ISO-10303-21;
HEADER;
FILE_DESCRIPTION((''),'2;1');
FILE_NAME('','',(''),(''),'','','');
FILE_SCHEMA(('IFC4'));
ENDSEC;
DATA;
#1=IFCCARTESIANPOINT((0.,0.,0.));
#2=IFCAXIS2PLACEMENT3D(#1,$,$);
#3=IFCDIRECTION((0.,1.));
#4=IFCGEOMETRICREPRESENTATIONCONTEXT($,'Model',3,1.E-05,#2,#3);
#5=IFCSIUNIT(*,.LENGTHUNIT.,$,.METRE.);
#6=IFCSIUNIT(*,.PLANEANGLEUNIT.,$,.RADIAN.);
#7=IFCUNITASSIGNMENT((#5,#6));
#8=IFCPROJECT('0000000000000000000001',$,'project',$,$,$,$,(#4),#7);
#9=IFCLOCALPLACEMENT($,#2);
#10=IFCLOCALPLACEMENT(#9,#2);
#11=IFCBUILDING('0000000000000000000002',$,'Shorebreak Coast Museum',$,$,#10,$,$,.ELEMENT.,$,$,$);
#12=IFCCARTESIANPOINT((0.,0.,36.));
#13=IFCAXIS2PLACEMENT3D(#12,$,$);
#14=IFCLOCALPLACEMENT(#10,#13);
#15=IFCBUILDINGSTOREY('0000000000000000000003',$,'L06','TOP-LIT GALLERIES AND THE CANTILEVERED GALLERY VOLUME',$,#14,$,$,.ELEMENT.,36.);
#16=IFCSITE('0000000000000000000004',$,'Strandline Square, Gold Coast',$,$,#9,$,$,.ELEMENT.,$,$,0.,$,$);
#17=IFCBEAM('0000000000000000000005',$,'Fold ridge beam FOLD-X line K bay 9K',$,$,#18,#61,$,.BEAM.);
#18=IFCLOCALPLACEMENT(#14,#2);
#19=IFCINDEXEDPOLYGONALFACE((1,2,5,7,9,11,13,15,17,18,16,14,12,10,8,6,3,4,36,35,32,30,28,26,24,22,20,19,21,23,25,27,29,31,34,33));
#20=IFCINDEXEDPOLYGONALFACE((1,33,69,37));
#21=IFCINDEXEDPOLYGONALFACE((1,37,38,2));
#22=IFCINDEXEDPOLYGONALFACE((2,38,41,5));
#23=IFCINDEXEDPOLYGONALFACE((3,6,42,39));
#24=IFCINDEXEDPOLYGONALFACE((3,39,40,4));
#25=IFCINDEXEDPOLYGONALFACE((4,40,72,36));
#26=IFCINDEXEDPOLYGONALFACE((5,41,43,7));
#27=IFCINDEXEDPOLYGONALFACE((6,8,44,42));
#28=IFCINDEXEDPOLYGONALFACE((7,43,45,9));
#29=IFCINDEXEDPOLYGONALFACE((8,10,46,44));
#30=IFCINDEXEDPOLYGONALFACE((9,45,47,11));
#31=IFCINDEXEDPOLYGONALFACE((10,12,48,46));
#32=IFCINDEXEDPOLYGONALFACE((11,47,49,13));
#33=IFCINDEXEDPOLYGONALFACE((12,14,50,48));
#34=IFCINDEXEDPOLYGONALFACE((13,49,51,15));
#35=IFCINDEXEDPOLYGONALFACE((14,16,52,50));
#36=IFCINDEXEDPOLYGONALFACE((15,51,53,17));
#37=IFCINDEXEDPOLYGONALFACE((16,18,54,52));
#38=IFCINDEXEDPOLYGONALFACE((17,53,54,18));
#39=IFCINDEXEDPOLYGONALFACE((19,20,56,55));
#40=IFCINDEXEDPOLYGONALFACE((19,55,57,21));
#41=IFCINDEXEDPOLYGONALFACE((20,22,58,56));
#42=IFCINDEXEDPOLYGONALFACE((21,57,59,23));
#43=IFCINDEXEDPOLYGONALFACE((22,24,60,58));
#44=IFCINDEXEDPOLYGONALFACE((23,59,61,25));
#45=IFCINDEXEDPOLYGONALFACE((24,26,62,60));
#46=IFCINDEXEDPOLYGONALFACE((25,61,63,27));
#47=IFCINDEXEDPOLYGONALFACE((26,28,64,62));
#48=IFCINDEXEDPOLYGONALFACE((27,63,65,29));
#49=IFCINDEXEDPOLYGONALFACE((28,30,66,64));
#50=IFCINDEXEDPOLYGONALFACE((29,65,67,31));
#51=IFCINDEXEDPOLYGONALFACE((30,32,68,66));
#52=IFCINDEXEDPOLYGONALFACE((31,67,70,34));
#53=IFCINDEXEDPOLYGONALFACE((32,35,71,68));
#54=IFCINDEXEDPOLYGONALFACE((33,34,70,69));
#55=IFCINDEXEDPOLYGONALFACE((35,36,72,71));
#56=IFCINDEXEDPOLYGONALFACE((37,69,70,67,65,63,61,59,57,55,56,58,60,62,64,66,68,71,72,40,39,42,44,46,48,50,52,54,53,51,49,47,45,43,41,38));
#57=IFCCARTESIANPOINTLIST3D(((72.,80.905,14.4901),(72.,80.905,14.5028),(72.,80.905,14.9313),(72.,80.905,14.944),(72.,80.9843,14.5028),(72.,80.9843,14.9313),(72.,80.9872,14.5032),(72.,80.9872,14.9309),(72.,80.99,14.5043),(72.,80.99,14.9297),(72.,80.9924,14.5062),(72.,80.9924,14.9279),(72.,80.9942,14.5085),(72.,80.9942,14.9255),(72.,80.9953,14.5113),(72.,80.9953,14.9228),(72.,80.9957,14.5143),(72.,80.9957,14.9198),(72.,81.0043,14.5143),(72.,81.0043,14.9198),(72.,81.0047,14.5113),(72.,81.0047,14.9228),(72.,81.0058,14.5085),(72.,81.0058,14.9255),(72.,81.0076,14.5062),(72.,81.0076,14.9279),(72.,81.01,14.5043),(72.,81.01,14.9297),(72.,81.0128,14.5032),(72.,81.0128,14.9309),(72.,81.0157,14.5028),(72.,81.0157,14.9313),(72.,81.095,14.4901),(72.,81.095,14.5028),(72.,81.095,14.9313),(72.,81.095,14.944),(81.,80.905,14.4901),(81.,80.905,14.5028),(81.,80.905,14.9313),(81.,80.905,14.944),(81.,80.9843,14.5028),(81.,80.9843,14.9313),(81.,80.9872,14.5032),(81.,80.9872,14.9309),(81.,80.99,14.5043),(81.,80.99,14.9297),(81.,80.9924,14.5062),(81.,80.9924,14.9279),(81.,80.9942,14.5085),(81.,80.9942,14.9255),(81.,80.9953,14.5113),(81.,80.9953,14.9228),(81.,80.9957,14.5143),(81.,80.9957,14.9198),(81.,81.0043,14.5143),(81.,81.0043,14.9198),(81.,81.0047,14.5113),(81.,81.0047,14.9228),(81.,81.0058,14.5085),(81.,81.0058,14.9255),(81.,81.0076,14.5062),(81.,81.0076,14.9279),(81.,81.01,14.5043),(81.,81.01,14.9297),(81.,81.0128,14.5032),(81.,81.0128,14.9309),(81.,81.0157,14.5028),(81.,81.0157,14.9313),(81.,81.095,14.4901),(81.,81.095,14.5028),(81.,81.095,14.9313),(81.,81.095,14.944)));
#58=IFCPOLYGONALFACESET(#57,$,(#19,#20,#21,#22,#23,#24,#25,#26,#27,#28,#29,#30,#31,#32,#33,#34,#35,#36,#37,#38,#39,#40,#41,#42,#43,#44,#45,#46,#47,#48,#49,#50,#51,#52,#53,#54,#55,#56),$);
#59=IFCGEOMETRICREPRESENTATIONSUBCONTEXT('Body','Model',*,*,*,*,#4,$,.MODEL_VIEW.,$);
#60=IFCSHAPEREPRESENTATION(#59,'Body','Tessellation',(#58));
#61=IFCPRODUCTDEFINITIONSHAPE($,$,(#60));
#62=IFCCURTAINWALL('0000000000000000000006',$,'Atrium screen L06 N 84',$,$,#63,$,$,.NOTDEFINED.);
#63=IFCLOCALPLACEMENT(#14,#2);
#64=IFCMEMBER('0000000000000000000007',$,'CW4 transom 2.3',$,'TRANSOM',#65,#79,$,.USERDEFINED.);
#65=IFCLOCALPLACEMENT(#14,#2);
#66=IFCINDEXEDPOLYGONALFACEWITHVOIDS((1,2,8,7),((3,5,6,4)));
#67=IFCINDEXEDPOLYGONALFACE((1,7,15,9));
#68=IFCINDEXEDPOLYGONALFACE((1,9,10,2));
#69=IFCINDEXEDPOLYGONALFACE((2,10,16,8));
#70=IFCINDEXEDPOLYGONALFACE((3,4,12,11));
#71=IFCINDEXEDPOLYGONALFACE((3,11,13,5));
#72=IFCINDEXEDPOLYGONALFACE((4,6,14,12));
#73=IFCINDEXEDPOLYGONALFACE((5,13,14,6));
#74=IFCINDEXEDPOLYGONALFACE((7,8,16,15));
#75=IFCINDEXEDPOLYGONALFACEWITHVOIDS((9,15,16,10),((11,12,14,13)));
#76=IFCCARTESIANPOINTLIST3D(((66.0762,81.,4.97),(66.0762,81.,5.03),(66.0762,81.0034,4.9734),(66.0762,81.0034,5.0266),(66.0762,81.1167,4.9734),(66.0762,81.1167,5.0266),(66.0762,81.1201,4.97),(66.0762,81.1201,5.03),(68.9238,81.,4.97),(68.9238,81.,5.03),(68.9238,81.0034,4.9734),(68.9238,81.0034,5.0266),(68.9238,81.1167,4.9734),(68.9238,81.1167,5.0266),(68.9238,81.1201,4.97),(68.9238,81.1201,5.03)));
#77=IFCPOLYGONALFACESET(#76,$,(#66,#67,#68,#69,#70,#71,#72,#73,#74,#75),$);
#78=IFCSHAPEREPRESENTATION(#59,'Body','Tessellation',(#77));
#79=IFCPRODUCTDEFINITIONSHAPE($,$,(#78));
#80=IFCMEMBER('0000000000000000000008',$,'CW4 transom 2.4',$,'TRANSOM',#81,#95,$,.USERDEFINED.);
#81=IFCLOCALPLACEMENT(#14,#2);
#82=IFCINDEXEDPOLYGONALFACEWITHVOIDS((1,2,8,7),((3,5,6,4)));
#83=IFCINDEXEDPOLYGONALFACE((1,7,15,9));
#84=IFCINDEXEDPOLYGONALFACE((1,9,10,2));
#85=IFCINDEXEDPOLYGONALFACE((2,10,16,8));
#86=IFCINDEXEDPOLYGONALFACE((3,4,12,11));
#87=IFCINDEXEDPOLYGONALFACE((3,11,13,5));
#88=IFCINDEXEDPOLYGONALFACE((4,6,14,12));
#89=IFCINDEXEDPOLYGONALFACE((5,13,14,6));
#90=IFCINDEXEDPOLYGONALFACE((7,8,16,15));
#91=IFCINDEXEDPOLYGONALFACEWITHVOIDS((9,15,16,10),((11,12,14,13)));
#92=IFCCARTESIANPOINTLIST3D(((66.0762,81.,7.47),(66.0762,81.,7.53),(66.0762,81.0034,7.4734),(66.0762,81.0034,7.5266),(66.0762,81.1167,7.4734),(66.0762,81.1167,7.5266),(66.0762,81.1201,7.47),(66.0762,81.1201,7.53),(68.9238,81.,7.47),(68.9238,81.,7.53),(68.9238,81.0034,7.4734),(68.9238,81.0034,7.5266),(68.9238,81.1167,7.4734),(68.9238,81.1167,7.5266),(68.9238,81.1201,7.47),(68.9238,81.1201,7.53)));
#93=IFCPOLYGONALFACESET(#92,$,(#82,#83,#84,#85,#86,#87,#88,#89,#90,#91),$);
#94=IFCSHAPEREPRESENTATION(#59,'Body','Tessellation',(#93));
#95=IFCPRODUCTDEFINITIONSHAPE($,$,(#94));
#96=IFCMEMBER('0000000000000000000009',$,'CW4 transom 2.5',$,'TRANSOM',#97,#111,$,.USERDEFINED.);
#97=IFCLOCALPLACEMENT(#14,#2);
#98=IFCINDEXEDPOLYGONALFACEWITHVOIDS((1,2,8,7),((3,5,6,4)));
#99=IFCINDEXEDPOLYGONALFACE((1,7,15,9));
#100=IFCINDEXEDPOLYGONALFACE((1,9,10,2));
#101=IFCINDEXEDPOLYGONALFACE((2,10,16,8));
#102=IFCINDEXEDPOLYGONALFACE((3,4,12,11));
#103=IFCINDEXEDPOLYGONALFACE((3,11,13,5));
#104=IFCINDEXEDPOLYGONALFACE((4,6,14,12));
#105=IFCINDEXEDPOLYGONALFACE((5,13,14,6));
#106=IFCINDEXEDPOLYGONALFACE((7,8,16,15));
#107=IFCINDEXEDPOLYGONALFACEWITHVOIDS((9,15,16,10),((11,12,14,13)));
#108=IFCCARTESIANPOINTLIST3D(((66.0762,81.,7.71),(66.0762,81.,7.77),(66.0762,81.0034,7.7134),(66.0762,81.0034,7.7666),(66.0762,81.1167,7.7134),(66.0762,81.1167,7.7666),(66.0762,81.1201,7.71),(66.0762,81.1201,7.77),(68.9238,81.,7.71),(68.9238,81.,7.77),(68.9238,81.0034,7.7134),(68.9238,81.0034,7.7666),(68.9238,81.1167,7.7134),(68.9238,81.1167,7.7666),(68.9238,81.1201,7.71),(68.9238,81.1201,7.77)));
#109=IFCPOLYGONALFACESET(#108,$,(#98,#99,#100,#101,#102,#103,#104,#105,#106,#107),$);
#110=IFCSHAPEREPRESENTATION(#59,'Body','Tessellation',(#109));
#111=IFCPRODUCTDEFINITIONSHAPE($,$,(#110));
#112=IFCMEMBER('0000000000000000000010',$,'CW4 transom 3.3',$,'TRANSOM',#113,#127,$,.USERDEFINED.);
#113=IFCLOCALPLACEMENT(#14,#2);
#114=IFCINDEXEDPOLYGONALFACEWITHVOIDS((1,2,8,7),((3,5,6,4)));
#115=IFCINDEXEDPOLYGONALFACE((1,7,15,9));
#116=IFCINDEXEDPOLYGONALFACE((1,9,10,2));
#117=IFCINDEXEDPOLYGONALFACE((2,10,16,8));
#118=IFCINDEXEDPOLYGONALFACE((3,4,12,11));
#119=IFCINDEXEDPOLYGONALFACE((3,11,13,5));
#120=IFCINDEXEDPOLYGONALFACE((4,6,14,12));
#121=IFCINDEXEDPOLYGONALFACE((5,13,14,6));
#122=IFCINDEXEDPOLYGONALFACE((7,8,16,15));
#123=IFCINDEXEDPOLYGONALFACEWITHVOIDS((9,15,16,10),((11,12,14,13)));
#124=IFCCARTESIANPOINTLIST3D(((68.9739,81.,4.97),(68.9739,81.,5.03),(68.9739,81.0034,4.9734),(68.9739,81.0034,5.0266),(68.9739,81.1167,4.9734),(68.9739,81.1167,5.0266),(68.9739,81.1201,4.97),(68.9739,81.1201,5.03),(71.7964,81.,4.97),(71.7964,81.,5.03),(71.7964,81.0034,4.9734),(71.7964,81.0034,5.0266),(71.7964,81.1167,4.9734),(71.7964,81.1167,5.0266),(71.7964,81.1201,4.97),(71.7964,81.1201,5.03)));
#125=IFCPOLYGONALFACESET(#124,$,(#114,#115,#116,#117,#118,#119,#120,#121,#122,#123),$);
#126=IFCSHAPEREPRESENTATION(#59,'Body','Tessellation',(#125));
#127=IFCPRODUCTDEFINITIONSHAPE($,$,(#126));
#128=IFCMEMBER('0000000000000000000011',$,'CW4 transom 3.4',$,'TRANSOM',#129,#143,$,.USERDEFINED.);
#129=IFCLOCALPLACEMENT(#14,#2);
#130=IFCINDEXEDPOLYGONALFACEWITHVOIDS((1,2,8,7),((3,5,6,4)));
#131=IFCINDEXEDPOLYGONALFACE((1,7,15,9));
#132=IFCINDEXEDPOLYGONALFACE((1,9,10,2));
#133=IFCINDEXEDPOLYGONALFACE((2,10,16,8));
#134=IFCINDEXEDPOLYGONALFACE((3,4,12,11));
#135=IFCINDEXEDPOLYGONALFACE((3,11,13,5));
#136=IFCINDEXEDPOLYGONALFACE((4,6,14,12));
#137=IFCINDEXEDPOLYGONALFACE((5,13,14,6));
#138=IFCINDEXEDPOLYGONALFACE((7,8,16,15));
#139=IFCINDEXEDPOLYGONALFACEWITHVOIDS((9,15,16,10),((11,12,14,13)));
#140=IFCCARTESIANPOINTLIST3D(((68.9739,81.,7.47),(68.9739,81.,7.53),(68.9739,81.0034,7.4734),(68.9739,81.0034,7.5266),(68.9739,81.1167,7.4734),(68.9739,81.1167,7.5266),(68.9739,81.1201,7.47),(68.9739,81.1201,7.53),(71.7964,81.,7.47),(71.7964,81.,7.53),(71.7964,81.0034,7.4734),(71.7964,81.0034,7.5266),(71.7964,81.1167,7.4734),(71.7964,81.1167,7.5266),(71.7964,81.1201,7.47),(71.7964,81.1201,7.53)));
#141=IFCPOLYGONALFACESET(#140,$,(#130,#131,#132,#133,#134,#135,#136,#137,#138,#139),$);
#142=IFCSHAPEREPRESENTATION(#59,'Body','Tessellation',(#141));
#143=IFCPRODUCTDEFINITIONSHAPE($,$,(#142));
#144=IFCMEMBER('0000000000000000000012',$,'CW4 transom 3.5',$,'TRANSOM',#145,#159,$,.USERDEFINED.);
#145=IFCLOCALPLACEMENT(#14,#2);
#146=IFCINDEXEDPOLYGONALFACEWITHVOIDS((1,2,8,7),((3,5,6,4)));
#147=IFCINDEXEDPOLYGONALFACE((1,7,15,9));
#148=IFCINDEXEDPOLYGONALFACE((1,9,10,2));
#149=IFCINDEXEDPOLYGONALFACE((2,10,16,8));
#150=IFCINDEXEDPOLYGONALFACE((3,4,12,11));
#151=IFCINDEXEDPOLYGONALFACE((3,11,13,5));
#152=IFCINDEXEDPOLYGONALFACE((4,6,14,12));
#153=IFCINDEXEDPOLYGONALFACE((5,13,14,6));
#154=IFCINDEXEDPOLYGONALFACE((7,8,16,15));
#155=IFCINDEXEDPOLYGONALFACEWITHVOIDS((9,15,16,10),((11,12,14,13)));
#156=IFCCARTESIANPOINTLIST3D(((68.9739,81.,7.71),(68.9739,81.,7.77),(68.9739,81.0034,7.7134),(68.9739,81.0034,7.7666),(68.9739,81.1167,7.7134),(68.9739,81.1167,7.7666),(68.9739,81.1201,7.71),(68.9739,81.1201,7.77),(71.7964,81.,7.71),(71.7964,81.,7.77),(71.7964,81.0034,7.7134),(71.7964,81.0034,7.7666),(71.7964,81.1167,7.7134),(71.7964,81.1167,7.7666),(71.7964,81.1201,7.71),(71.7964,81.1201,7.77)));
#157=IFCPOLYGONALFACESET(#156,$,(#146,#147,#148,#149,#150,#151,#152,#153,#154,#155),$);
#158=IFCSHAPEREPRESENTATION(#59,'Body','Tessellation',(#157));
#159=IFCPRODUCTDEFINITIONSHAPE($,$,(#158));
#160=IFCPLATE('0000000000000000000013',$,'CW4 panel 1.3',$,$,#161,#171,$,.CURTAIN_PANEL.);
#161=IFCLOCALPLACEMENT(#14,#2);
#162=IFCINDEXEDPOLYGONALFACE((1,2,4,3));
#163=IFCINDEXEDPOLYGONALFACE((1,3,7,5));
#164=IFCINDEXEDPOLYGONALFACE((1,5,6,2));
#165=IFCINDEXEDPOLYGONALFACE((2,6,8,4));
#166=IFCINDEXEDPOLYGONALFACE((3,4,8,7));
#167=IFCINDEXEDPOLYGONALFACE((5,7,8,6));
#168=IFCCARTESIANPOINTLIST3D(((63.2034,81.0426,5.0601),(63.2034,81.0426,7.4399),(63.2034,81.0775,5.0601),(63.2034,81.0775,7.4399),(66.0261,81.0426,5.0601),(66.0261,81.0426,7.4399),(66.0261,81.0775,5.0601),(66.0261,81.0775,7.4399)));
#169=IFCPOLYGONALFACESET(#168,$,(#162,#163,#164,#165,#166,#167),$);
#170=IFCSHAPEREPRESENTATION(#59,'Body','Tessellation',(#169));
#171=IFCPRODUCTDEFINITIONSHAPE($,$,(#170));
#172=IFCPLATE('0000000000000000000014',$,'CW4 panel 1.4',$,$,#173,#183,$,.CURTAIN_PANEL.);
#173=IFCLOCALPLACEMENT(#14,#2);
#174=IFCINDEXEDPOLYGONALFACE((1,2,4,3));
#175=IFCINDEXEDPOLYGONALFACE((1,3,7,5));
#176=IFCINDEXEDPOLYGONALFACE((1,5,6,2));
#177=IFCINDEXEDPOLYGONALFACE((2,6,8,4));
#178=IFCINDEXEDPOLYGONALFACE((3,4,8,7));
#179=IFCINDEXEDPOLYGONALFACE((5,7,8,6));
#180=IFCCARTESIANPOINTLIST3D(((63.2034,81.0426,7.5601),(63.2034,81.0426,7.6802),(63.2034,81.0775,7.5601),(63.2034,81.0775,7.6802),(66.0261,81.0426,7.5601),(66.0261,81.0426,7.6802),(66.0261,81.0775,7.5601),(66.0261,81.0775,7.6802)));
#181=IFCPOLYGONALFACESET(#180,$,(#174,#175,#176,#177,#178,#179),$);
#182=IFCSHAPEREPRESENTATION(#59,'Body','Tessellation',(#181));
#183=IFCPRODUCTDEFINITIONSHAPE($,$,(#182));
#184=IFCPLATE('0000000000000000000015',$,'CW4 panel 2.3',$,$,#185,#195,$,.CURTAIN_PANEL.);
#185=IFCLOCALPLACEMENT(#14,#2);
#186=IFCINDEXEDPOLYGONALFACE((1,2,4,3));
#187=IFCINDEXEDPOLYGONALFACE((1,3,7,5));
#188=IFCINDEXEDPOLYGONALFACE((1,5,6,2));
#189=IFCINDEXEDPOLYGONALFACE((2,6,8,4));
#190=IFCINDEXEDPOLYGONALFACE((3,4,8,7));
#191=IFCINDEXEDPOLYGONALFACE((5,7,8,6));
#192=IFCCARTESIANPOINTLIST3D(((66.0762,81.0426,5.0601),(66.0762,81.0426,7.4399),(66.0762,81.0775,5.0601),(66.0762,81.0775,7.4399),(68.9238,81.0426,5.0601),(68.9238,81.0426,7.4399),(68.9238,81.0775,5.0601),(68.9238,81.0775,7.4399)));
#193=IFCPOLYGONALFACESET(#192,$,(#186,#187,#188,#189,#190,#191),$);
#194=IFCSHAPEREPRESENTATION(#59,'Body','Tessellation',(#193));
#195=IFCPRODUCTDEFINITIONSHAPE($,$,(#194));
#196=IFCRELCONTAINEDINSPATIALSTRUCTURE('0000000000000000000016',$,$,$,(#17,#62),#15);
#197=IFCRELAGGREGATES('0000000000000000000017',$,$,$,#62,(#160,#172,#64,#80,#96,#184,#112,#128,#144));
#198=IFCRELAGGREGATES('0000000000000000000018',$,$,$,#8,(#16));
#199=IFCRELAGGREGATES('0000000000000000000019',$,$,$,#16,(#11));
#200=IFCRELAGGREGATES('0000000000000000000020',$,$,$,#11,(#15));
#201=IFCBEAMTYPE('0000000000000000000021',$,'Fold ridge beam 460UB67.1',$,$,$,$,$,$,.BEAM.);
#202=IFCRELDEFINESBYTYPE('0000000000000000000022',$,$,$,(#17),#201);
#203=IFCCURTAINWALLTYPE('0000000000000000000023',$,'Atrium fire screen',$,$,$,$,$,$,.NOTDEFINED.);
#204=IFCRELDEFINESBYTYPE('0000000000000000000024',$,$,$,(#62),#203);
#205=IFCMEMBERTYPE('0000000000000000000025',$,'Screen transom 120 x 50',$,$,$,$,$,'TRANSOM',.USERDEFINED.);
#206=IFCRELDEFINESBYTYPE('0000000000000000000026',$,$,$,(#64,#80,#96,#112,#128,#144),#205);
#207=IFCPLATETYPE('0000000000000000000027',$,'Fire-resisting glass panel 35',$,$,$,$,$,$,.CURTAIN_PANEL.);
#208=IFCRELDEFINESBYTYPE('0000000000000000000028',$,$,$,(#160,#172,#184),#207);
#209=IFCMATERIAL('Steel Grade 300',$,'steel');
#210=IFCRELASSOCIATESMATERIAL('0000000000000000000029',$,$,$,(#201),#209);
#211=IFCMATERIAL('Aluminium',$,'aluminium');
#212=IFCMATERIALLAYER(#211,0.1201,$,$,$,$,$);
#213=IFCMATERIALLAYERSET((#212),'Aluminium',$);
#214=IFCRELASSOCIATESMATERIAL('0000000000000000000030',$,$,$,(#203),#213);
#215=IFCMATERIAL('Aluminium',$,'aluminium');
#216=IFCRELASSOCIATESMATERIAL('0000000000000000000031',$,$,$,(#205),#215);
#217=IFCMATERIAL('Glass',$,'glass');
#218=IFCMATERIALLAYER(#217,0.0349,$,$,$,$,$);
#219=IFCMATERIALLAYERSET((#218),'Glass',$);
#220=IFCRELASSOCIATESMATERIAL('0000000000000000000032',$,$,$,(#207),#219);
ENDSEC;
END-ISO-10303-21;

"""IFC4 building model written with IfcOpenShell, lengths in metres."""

from ifc_helpers import new_model, si_unit, direction, frame, origin, origin_2d, place, context, subcontext, project, spatial, rectangle, hollow_rectangle, i_section, extrude, material, layer, layer_set, material_profile, profile_set, type_object, element, aggregate, save


model = new_model("IFC4")

# Units and contexts
model_context = context("Model", 3, precision=1e-05, world=origin(), true_north=direction((0.0, 1.0)))
body_context = subcontext(model_context, "Body", "Model", "MODEL_VIEW")
ifc_project = project(units=[si_unit("LENGTHUNIT", "METRE"), si_unit("PLANEANGLEUNIT", "RADIAN")], contexts=[model_context])

# Site, building, storey
site_placement = place(None, origin())
site = spatial("IfcSite", under=ifc_project, at=site_placement, Name="Strandline Square, Gold Coast", CompositionType="ELEMENT", RefElevation=0.0)
building_placement = place(site_placement, origin())
building = spatial("IfcBuilding", under=site, at=building_placement, Name="Shorebreak Coast Museum", CompositionType="ELEMENT")
storey_placement = place(building_placement, frame((0.0, 0.0, 36.0)))
storey = spatial("IfcBuildingStorey", under=building, at=storey_placement, Name="L06", Description="TOP-LIT GALLERIES AND THE CANTILEVERED GALLERY VOLUME", CompositionType="ELEMENT", Elevation=36.0)

# Beam
ifc_material_1 = material(Name="Steel Grade 300", Category="steel")
ifc_material_profile_1 = material_profile(ifc_material_1, i_section(OverallWidth=0.1899, OverallDepth=0.4539, WebThickness=0.0085, FlangeThickness=0.0127, FilletRadius=0.0115, at=origin_2d()), Name="460UB67.1")
ifc_profile_set_1 = profile_set([ifc_material_profile_1], Name="Steel Grade 300")
beam_type_1 = type_object("IfcBeamType", Name="Fold ridge beam 460UB67.1", PredefinedType="BEAM", material=ifc_profile_set_1)
beam_1_placement = place(storey_placement, frame((72.0, 81.0, 14.717), z_axis=(1.0, 0.0, 0.0), x_axis=(0.0, 1.0, 0.0)))
element("IfcBeam", 1, at=beam_1_placement, inside=storey, type_object=beam_type_1, Name="Fold ridge beam FOLD-X line K bay 9K", PredefinedType="BEAM", context=body_context, shape_type="SweptSolid", body=[
    extrude(i_section(OverallWidth=0.1899, OverallDepth=0.4539, WebThickness=0.0085, FlangeThickness=0.0127, FilletRadius=0.0115, at=origin_2d()), origin(), (0.0, 0.0, 1.0), 9.0),
])

# Curtain wall, members, plates
ifc_material_2 = material(Name="Aluminium", Category="aluminium")
ifc_layer_1 = layer(ifc_material_2, 0.1201)
ifc_layer_set_1 = layer_set([ifc_layer_1], Name="Aluminium")
curtain_wall_type = type_object("IfcCurtainWallType", Name="Atrium fire screen", PredefinedType="NOTDEFINED", material=ifc_layer_set_1)
curtain_wall_placement = place(storey_placement, origin())
curtain_wall = element("IfcCurtainWall", 2, at=curtain_wall_placement, inside=storey, type_object=curtain_wall_type, Name="Atrium screen L06 N 84", PredefinedType="NOTDEFINED")
ifc_material_3 = material(Name="Aluminium", Category="aluminium")
ifc_material_profile_2 = material_profile(ifc_material_3, hollow_rectangle(XDim=0.1201, YDim=0.0601, WallThickness=0.0034, at=origin_2d()), Name="AL 60x120 RHS")
ifc_profile_set_2 = profile_set([ifc_material_profile_2], Name="Aluminium")
member_type_1 = type_object("IfcMemberType", Name="Screen transom 120 x 50", ElementType="TRANSOM", PredefinedType="USERDEFINED", material=ifc_profile_set_2)
member_1_placement = place(storey_placement, frame((66.0762, 81.0601, 5.0), z_axis=(1.0, 0.0, 0.0), x_axis=(0.0, 1.0, 0.0)))
member_1 = element("IfcMember", 3, at=member_1_placement, type_object=member_type_1, Name="CW4 transom 2.3", ObjectType="TRANSOM", PredefinedType="USERDEFINED", context=body_context, shape_type="SweptSolid", body=[
    extrude(hollow_rectangle(XDim=0.1201, YDim=0.0601, WallThickness=0.0034, at=origin_2d()), origin(), (0.0, 0.0, 1.0), 2.8477),
])
member_2_placement = place(storey_placement, frame((66.0762, 81.0601, 7.5), z_axis=(1.0, 0.0, 0.0), x_axis=(0.0, 1.0, 0.0)))
member_2 = element("IfcMember", 4, at=member_2_placement, type_object=member_type_1, Name="CW4 transom 2.4", ObjectType="TRANSOM", PredefinedType="USERDEFINED", context=body_context, shape_type="SweptSolid", body=[
    extrude(hollow_rectangle(XDim=0.1201, YDim=0.0601, WallThickness=0.0034, at=origin_2d()), origin(), (0.0, 0.0, 1.0), 2.8477),
])
member_3_placement = place(storey_placement, frame((66.0762, 81.0601, 7.74), z_axis=(1.0, 0.0, 0.0), x_axis=(0.0, 1.0, 0.0)))
member_3 = element("IfcMember", 5, at=member_3_placement, type_object=member_type_1, Name="CW4 transom 2.5", ObjectType="TRANSOM", PredefinedType="USERDEFINED", context=body_context, shape_type="SweptSolid", body=[
    extrude(hollow_rectangle(XDim=0.1201, YDim=0.0601, WallThickness=0.0034, at=origin_2d()), origin(), (0.0, 0.0, 1.0), 2.8477),
])
member_4_placement = place(storey_placement, frame((68.9739, 81.0601, 5.0), z_axis=(1.0, 0.0, 0.0), x_axis=(0.0, 1.0, 0.0)))
member_4 = element("IfcMember", 6, at=member_4_placement, type_object=member_type_1, Name="CW4 transom 3.3", ObjectType="TRANSOM", PredefinedType="USERDEFINED", context=body_context, shape_type="SweptSolid", body=[
    extrude(hollow_rectangle(XDim=0.1201, YDim=0.0601, WallThickness=0.0034, at=origin_2d()), origin(), (0.0, 0.0, 1.0), 2.8225),
])
member_5_placement = place(storey_placement, frame((68.9739, 81.0601, 7.5), z_axis=(1.0, 0.0, 0.0), x_axis=(0.0, 1.0, 0.0)))
member_5 = element("IfcMember", 7, at=member_5_placement, type_object=member_type_1, Name="CW4 transom 3.4", ObjectType="TRANSOM", PredefinedType="USERDEFINED", context=body_context, shape_type="SweptSolid", body=[
    extrude(hollow_rectangle(XDim=0.1201, YDim=0.0601, WallThickness=0.0034, at=origin_2d()), origin(), (0.0, 0.0, 1.0), 2.8225),
])
member_6_placement = place(storey_placement, frame((68.9739, 81.0601, 7.74), z_axis=(1.0, 0.0, 0.0), x_axis=(0.0, 1.0, 0.0)))
member_6 = element("IfcMember", 8, at=member_6_placement, type_object=member_type_1, Name="CW4 transom 3.5", ObjectType="TRANSOM", PredefinedType="USERDEFINED", context=body_context, shape_type="SweptSolid", body=[
    extrude(hollow_rectangle(XDim=0.1201, YDim=0.0601, WallThickness=0.0034, at=origin_2d()), origin(), (0.0, 0.0, 1.0), 2.8225),
])
ifc_material_4 = material(Name="Glass", Category="glass")
ifc_layer_2 = layer(ifc_material_4, 0.0349)
ifc_layer_set_2 = layer_set([ifc_layer_2], Name="Glass")
plate_type = type_object("IfcPlateType", Name="Fire-resisting glass panel 35", PredefinedType="CURTAIN_PANEL", material=ifc_layer_set_2)
plate_1_placement = place(storey_placement, frame((64.6147, 81.0601, 5.0601), z_axis=(0.0, 0.0, 1.0), x_axis=(1.0, 0.0, 0.0)))
plate_1 = element("IfcPlate", 9, at=plate_1_placement, type_object=plate_type, Name="CW4 panel 1.3", PredefinedType="CURTAIN_PANEL", context=body_context, shape_type="SweptSolid", body=[
    extrude(rectangle(XDim=2.8228, YDim=0.0349, at=origin_2d()), origin(), (0.0, 0.0, 1.0), 2.3799),
])
plate_2_placement = place(storey_placement, frame((64.6147, 81.0601, 7.5601), z_axis=(0.0, 0.0, 1.0), x_axis=(1.0, 0.0, 0.0)))
plate_2 = element("IfcPlate", 10, at=plate_2_placement, type_object=plate_type, Name="CW4 panel 1.4", PredefinedType="CURTAIN_PANEL", context=body_context, shape_type="SweptSolid", body=[
    extrude(rectangle(XDim=2.8228, YDim=0.0349, at=origin_2d()), origin(), (0.0, 0.0, 1.0), 0.1201),
])
plate_3_placement = place(storey_placement, frame((67.5, 81.0601, 5.0601), z_axis=(0.0, 0.0, 1.0), x_axis=(1.0, 0.0, 0.0)))
plate_3 = element("IfcPlate", 11, at=plate_3_placement, type_object=plate_type, Name="CW4 panel 2.3", PredefinedType="CURTAIN_PANEL", context=body_context, shape_type="SweptSolid", body=[
    extrude(rectangle(XDim=2.8477, YDim=0.0349, at=origin_2d()), origin(), (0.0, 0.0, 1.0), 2.3799),
])
aggregate(curtain_wall, [plate_1, plate_2, member_1, member_2, member_3, plate_3, member_4, member_5, member_6])

save(model, "model.ifc")
